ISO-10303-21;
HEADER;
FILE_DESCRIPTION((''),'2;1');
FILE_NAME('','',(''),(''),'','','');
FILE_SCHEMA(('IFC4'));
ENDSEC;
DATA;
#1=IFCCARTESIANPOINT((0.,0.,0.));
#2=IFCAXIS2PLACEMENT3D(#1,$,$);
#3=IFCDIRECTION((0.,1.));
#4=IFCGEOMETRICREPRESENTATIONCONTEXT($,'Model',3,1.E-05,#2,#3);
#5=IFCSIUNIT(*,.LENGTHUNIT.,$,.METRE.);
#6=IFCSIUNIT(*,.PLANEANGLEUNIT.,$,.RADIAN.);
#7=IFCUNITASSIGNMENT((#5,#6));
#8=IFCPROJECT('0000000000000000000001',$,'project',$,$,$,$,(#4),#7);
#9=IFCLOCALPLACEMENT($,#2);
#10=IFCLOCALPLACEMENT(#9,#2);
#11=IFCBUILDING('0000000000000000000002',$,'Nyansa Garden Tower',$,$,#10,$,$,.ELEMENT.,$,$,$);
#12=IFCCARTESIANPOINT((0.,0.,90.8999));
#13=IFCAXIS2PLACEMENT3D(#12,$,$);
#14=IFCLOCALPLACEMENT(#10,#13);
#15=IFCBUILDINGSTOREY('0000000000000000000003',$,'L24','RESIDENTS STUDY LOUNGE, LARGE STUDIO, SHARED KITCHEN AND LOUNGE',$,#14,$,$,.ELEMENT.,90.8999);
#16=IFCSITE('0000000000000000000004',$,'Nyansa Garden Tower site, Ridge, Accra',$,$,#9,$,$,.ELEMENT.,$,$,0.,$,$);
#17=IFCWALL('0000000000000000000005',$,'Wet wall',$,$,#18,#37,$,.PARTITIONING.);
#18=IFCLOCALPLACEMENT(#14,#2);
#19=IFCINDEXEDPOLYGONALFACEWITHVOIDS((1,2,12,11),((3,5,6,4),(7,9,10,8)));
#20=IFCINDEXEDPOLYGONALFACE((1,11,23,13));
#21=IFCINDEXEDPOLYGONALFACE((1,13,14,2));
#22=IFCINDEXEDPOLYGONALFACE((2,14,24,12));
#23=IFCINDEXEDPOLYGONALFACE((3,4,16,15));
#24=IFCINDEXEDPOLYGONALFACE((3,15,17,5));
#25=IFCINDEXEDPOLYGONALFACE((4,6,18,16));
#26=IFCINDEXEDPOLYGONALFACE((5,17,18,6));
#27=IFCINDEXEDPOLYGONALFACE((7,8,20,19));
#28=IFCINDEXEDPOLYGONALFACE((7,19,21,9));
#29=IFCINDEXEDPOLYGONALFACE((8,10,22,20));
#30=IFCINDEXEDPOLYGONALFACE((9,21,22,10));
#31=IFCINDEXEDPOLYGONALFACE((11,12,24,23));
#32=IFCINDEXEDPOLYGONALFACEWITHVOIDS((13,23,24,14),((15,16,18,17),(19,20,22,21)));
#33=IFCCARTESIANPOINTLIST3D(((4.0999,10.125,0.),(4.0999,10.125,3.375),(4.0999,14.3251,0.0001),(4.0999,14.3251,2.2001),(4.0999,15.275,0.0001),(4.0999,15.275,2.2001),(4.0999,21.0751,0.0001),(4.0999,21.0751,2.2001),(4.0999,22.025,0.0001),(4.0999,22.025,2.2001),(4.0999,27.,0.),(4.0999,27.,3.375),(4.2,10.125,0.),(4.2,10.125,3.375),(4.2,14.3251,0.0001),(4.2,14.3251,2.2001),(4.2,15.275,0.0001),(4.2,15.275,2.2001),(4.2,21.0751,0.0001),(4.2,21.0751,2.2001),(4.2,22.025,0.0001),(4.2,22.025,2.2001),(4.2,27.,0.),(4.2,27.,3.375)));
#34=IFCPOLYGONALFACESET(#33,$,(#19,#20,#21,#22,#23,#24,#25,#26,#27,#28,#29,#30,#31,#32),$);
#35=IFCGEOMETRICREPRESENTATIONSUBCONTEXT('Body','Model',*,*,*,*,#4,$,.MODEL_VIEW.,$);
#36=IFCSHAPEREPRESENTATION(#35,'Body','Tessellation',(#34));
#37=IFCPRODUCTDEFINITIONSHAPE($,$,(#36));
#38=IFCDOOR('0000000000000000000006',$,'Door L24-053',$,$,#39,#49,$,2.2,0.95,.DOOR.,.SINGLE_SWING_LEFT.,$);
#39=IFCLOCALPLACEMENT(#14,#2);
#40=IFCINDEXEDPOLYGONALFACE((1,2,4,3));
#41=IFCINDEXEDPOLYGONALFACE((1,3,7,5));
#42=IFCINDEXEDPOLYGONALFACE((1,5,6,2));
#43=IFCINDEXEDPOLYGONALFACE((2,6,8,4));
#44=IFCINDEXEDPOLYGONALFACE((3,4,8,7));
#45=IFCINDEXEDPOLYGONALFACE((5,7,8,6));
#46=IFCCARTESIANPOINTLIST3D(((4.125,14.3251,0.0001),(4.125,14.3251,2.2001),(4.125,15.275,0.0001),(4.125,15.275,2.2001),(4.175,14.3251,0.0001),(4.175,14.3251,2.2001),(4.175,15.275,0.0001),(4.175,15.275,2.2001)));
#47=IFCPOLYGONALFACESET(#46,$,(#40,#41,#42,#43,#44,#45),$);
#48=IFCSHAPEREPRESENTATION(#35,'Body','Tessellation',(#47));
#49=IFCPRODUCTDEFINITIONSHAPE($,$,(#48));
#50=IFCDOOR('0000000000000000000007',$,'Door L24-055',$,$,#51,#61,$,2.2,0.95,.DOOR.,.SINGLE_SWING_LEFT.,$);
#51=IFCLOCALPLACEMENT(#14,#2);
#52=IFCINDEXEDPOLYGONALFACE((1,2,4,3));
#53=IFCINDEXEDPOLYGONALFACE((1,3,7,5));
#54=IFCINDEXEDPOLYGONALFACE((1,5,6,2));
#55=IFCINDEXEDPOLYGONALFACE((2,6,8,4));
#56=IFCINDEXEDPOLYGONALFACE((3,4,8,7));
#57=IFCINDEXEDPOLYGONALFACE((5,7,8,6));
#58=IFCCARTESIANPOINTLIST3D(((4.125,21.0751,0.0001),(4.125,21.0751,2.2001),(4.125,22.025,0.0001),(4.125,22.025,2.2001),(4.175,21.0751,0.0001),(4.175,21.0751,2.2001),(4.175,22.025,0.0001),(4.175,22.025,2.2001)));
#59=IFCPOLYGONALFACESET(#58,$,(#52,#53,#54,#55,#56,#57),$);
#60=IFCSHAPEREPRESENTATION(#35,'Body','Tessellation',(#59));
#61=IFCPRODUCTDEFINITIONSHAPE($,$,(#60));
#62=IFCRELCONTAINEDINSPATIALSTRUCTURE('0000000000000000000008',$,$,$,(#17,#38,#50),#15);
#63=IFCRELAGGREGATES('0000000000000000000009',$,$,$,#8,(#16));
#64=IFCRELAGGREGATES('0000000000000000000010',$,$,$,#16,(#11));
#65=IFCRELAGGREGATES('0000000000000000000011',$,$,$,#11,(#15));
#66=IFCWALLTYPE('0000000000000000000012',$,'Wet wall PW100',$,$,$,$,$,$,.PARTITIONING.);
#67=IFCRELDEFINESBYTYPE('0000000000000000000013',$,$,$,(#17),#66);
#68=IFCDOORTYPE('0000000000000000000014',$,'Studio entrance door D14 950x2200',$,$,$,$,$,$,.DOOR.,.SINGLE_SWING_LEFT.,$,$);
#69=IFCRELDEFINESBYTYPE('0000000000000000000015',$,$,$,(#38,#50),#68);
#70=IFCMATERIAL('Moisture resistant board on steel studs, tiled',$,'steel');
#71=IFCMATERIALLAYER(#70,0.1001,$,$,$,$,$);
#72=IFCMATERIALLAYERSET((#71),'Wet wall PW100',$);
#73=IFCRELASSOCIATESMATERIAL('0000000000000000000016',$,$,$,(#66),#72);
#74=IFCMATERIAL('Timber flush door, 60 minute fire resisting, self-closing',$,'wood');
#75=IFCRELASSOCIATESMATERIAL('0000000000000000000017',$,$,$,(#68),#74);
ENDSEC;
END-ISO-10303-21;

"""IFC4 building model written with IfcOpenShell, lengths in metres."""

from ifc_helpers import new_model, si_unit, direction, frame, frame_2d, origin, place, context, subcontext, project, spatial, rectangle, extrude, material, layer, layer_set, type_object, element, fill, save


model = new_model("IFC4")

# Units and contexts
model_context = context("Model", 3, precision=1e-05, world=origin(), true_north=direction((0.0, 1.0)))
body_context = subcontext(model_context, "Body", "Model", "MODEL_VIEW")
ifc_project = project(units=[si_unit("LENGTHUNIT", "METRE"), si_unit("PLANEANGLEUNIT", "RADIAN")], contexts=[model_context])

# Site, building, storey
site_placement = place(None, origin())
site = spatial("IfcSite", under=ifc_project, at=site_placement, Name="Nyansa Garden Tower site, Ridge, Accra", CompositionType="ELEMENT", RefElevation=0.0)
building_placement = place(site_placement, origin())
building = spatial("IfcBuilding", under=site, at=building_placement, Name="Nyansa Garden Tower", CompositionType="ELEMENT")
storey_placement = place(building_placement, frame((0.0, 0.0, 90.8999)))
storey = spatial("IfcBuildingStorey", under=building, at=storey_placement, Name="L24", Description="RESIDENTS STUDY LOUNGE, LARGE STUDIO, SHARED KITCHEN AND LOUNGE", CompositionType="ELEMENT", Elevation=90.8999)

# Shared definitions
ifc_material_1 = material(Name="Moisture resistant board on steel studs, tiled", Category="steel")
ifc_layer_1 = layer(ifc_material_1, 0.1001)
ifc_layer_set_1 = layer_set([ifc_layer_1], Name="Wet wall PW100")
wall_type_1 = type_object("IfcWallType", Name="Wet wall PW100", PredefinedType="PARTITIONING", material=ifc_layer_set_1)

# Wall, openings, doors
wall_1_placement = place(storey_placement, frame((4.1499, 10.125, 0.0), z_axis=(0.0, 0.0, 1.0), x_axis=(0.0, 1.0, 0.0)))
wall_1 = element("IfcWall", 1, at=wall_1_placement, inside=storey, type_object=wall_type_1, Name="Wet wall", PredefinedType="PARTITIONING", context=body_context, shape_type="SweptSolid", body=[
    extrude(rectangle(XDim=16.875, YDim=0.1001, at=frame_2d((8.4375, 0.0))), origin(), (0.0, 0.0, 1.0), 3.375),
])
opening_1_placement = place(wall_1_placement, frame((4.2, 0.0, 0.0)))
opening_1 = element("IfcOpeningElement", 2, at=opening_1_placement, cuts=wall_1, PredefinedType="OPENING", context=body_context, shape_type="SweptSolid", body=[
    extrude(rectangle(XDim=0.95, YDim=2.2, at=frame_2d((0.4751, 1.1001))), frame((0.0, 0.0601, 0.0), z_axis=(0.0, -1.0, 0.0), x_axis=(1.0, 0.0, 0.0)), (0.0, 0.0, 1.0), 0.1201),
])
opening_2_placement = place(wall_1_placement, frame((10.95, 0.0, 0.0)))
opening_2 = element("IfcOpeningElement", 3, at=opening_2_placement, cuts=wall_1, PredefinedType="OPENING", context=body_context, shape_type="SweptSolid", body=[
    extrude(rectangle(XDim=0.95, YDim=2.2, at=frame_2d((0.4751, 1.1001))), frame((0.0, 0.0601, 0.0), z_axis=(0.0, -1.0, 0.0), x_axis=(1.0, 0.0, 0.0)), (0.0, 0.0, 1.0), 0.1201),
])
ifc_material_2 = material(Name="Timber flush door, 60 minute fire resisting, self-closing", Category="wood")
door_type_1 = type_object("IfcDoorType", Name="Studio entrance door D14 950x2200", OperationType="SINGLE_SWING_LEFT", PredefinedType="DOOR", material=ifc_material_2)
door_1_placement = place(opening_1_placement, origin())
door_1 = element("IfcDoor", 4, at=door_1_placement, inside=storey, type_object=door_type_1, Name="Door L24-053", OperationType="SINGLE_SWING_LEFT", OverallHeight=2.2, OverallWidth=0.95, PredefinedType="DOOR", context=body_context, shape_type="SweptSolid", body=[
    extrude(rectangle(XDim=0.95, YDim=2.2, at=frame_2d((0.4751, 1.1001))), frame((0.0, 0.0249, 0.0), z_axis=(0.0, -1.0, 0.0), x_axis=(1.0, 0.0, 0.0)), (0.0, 0.0, 1.0), 0.05),
])
fill(opening_1, door_1)
door_2_placement = place(opening_2_placement, origin())
door_2 = element("IfcDoor", 5, at=door_2_placement, inside=storey, type_object=door_type_1, Name="Door L24-055", OperationType="SINGLE_SWING_LEFT", OverallHeight=2.2, OverallWidth=0.95, PredefinedType="DOOR", context=body_context, shape_type="SweptSolid", body=[
    extrude(rectangle(XDim=0.95, YDim=2.2, at=frame_2d((0.4751, 1.1001))), frame((0.0, 0.0249, 0.0), z_axis=(0.0, -1.0, 0.0), x_axis=(1.0, 0.0, 0.0)), (0.0, 0.0, 1.0), 0.05),
])
fill(opening_2, door_2)

save(model, "model.ifc")
